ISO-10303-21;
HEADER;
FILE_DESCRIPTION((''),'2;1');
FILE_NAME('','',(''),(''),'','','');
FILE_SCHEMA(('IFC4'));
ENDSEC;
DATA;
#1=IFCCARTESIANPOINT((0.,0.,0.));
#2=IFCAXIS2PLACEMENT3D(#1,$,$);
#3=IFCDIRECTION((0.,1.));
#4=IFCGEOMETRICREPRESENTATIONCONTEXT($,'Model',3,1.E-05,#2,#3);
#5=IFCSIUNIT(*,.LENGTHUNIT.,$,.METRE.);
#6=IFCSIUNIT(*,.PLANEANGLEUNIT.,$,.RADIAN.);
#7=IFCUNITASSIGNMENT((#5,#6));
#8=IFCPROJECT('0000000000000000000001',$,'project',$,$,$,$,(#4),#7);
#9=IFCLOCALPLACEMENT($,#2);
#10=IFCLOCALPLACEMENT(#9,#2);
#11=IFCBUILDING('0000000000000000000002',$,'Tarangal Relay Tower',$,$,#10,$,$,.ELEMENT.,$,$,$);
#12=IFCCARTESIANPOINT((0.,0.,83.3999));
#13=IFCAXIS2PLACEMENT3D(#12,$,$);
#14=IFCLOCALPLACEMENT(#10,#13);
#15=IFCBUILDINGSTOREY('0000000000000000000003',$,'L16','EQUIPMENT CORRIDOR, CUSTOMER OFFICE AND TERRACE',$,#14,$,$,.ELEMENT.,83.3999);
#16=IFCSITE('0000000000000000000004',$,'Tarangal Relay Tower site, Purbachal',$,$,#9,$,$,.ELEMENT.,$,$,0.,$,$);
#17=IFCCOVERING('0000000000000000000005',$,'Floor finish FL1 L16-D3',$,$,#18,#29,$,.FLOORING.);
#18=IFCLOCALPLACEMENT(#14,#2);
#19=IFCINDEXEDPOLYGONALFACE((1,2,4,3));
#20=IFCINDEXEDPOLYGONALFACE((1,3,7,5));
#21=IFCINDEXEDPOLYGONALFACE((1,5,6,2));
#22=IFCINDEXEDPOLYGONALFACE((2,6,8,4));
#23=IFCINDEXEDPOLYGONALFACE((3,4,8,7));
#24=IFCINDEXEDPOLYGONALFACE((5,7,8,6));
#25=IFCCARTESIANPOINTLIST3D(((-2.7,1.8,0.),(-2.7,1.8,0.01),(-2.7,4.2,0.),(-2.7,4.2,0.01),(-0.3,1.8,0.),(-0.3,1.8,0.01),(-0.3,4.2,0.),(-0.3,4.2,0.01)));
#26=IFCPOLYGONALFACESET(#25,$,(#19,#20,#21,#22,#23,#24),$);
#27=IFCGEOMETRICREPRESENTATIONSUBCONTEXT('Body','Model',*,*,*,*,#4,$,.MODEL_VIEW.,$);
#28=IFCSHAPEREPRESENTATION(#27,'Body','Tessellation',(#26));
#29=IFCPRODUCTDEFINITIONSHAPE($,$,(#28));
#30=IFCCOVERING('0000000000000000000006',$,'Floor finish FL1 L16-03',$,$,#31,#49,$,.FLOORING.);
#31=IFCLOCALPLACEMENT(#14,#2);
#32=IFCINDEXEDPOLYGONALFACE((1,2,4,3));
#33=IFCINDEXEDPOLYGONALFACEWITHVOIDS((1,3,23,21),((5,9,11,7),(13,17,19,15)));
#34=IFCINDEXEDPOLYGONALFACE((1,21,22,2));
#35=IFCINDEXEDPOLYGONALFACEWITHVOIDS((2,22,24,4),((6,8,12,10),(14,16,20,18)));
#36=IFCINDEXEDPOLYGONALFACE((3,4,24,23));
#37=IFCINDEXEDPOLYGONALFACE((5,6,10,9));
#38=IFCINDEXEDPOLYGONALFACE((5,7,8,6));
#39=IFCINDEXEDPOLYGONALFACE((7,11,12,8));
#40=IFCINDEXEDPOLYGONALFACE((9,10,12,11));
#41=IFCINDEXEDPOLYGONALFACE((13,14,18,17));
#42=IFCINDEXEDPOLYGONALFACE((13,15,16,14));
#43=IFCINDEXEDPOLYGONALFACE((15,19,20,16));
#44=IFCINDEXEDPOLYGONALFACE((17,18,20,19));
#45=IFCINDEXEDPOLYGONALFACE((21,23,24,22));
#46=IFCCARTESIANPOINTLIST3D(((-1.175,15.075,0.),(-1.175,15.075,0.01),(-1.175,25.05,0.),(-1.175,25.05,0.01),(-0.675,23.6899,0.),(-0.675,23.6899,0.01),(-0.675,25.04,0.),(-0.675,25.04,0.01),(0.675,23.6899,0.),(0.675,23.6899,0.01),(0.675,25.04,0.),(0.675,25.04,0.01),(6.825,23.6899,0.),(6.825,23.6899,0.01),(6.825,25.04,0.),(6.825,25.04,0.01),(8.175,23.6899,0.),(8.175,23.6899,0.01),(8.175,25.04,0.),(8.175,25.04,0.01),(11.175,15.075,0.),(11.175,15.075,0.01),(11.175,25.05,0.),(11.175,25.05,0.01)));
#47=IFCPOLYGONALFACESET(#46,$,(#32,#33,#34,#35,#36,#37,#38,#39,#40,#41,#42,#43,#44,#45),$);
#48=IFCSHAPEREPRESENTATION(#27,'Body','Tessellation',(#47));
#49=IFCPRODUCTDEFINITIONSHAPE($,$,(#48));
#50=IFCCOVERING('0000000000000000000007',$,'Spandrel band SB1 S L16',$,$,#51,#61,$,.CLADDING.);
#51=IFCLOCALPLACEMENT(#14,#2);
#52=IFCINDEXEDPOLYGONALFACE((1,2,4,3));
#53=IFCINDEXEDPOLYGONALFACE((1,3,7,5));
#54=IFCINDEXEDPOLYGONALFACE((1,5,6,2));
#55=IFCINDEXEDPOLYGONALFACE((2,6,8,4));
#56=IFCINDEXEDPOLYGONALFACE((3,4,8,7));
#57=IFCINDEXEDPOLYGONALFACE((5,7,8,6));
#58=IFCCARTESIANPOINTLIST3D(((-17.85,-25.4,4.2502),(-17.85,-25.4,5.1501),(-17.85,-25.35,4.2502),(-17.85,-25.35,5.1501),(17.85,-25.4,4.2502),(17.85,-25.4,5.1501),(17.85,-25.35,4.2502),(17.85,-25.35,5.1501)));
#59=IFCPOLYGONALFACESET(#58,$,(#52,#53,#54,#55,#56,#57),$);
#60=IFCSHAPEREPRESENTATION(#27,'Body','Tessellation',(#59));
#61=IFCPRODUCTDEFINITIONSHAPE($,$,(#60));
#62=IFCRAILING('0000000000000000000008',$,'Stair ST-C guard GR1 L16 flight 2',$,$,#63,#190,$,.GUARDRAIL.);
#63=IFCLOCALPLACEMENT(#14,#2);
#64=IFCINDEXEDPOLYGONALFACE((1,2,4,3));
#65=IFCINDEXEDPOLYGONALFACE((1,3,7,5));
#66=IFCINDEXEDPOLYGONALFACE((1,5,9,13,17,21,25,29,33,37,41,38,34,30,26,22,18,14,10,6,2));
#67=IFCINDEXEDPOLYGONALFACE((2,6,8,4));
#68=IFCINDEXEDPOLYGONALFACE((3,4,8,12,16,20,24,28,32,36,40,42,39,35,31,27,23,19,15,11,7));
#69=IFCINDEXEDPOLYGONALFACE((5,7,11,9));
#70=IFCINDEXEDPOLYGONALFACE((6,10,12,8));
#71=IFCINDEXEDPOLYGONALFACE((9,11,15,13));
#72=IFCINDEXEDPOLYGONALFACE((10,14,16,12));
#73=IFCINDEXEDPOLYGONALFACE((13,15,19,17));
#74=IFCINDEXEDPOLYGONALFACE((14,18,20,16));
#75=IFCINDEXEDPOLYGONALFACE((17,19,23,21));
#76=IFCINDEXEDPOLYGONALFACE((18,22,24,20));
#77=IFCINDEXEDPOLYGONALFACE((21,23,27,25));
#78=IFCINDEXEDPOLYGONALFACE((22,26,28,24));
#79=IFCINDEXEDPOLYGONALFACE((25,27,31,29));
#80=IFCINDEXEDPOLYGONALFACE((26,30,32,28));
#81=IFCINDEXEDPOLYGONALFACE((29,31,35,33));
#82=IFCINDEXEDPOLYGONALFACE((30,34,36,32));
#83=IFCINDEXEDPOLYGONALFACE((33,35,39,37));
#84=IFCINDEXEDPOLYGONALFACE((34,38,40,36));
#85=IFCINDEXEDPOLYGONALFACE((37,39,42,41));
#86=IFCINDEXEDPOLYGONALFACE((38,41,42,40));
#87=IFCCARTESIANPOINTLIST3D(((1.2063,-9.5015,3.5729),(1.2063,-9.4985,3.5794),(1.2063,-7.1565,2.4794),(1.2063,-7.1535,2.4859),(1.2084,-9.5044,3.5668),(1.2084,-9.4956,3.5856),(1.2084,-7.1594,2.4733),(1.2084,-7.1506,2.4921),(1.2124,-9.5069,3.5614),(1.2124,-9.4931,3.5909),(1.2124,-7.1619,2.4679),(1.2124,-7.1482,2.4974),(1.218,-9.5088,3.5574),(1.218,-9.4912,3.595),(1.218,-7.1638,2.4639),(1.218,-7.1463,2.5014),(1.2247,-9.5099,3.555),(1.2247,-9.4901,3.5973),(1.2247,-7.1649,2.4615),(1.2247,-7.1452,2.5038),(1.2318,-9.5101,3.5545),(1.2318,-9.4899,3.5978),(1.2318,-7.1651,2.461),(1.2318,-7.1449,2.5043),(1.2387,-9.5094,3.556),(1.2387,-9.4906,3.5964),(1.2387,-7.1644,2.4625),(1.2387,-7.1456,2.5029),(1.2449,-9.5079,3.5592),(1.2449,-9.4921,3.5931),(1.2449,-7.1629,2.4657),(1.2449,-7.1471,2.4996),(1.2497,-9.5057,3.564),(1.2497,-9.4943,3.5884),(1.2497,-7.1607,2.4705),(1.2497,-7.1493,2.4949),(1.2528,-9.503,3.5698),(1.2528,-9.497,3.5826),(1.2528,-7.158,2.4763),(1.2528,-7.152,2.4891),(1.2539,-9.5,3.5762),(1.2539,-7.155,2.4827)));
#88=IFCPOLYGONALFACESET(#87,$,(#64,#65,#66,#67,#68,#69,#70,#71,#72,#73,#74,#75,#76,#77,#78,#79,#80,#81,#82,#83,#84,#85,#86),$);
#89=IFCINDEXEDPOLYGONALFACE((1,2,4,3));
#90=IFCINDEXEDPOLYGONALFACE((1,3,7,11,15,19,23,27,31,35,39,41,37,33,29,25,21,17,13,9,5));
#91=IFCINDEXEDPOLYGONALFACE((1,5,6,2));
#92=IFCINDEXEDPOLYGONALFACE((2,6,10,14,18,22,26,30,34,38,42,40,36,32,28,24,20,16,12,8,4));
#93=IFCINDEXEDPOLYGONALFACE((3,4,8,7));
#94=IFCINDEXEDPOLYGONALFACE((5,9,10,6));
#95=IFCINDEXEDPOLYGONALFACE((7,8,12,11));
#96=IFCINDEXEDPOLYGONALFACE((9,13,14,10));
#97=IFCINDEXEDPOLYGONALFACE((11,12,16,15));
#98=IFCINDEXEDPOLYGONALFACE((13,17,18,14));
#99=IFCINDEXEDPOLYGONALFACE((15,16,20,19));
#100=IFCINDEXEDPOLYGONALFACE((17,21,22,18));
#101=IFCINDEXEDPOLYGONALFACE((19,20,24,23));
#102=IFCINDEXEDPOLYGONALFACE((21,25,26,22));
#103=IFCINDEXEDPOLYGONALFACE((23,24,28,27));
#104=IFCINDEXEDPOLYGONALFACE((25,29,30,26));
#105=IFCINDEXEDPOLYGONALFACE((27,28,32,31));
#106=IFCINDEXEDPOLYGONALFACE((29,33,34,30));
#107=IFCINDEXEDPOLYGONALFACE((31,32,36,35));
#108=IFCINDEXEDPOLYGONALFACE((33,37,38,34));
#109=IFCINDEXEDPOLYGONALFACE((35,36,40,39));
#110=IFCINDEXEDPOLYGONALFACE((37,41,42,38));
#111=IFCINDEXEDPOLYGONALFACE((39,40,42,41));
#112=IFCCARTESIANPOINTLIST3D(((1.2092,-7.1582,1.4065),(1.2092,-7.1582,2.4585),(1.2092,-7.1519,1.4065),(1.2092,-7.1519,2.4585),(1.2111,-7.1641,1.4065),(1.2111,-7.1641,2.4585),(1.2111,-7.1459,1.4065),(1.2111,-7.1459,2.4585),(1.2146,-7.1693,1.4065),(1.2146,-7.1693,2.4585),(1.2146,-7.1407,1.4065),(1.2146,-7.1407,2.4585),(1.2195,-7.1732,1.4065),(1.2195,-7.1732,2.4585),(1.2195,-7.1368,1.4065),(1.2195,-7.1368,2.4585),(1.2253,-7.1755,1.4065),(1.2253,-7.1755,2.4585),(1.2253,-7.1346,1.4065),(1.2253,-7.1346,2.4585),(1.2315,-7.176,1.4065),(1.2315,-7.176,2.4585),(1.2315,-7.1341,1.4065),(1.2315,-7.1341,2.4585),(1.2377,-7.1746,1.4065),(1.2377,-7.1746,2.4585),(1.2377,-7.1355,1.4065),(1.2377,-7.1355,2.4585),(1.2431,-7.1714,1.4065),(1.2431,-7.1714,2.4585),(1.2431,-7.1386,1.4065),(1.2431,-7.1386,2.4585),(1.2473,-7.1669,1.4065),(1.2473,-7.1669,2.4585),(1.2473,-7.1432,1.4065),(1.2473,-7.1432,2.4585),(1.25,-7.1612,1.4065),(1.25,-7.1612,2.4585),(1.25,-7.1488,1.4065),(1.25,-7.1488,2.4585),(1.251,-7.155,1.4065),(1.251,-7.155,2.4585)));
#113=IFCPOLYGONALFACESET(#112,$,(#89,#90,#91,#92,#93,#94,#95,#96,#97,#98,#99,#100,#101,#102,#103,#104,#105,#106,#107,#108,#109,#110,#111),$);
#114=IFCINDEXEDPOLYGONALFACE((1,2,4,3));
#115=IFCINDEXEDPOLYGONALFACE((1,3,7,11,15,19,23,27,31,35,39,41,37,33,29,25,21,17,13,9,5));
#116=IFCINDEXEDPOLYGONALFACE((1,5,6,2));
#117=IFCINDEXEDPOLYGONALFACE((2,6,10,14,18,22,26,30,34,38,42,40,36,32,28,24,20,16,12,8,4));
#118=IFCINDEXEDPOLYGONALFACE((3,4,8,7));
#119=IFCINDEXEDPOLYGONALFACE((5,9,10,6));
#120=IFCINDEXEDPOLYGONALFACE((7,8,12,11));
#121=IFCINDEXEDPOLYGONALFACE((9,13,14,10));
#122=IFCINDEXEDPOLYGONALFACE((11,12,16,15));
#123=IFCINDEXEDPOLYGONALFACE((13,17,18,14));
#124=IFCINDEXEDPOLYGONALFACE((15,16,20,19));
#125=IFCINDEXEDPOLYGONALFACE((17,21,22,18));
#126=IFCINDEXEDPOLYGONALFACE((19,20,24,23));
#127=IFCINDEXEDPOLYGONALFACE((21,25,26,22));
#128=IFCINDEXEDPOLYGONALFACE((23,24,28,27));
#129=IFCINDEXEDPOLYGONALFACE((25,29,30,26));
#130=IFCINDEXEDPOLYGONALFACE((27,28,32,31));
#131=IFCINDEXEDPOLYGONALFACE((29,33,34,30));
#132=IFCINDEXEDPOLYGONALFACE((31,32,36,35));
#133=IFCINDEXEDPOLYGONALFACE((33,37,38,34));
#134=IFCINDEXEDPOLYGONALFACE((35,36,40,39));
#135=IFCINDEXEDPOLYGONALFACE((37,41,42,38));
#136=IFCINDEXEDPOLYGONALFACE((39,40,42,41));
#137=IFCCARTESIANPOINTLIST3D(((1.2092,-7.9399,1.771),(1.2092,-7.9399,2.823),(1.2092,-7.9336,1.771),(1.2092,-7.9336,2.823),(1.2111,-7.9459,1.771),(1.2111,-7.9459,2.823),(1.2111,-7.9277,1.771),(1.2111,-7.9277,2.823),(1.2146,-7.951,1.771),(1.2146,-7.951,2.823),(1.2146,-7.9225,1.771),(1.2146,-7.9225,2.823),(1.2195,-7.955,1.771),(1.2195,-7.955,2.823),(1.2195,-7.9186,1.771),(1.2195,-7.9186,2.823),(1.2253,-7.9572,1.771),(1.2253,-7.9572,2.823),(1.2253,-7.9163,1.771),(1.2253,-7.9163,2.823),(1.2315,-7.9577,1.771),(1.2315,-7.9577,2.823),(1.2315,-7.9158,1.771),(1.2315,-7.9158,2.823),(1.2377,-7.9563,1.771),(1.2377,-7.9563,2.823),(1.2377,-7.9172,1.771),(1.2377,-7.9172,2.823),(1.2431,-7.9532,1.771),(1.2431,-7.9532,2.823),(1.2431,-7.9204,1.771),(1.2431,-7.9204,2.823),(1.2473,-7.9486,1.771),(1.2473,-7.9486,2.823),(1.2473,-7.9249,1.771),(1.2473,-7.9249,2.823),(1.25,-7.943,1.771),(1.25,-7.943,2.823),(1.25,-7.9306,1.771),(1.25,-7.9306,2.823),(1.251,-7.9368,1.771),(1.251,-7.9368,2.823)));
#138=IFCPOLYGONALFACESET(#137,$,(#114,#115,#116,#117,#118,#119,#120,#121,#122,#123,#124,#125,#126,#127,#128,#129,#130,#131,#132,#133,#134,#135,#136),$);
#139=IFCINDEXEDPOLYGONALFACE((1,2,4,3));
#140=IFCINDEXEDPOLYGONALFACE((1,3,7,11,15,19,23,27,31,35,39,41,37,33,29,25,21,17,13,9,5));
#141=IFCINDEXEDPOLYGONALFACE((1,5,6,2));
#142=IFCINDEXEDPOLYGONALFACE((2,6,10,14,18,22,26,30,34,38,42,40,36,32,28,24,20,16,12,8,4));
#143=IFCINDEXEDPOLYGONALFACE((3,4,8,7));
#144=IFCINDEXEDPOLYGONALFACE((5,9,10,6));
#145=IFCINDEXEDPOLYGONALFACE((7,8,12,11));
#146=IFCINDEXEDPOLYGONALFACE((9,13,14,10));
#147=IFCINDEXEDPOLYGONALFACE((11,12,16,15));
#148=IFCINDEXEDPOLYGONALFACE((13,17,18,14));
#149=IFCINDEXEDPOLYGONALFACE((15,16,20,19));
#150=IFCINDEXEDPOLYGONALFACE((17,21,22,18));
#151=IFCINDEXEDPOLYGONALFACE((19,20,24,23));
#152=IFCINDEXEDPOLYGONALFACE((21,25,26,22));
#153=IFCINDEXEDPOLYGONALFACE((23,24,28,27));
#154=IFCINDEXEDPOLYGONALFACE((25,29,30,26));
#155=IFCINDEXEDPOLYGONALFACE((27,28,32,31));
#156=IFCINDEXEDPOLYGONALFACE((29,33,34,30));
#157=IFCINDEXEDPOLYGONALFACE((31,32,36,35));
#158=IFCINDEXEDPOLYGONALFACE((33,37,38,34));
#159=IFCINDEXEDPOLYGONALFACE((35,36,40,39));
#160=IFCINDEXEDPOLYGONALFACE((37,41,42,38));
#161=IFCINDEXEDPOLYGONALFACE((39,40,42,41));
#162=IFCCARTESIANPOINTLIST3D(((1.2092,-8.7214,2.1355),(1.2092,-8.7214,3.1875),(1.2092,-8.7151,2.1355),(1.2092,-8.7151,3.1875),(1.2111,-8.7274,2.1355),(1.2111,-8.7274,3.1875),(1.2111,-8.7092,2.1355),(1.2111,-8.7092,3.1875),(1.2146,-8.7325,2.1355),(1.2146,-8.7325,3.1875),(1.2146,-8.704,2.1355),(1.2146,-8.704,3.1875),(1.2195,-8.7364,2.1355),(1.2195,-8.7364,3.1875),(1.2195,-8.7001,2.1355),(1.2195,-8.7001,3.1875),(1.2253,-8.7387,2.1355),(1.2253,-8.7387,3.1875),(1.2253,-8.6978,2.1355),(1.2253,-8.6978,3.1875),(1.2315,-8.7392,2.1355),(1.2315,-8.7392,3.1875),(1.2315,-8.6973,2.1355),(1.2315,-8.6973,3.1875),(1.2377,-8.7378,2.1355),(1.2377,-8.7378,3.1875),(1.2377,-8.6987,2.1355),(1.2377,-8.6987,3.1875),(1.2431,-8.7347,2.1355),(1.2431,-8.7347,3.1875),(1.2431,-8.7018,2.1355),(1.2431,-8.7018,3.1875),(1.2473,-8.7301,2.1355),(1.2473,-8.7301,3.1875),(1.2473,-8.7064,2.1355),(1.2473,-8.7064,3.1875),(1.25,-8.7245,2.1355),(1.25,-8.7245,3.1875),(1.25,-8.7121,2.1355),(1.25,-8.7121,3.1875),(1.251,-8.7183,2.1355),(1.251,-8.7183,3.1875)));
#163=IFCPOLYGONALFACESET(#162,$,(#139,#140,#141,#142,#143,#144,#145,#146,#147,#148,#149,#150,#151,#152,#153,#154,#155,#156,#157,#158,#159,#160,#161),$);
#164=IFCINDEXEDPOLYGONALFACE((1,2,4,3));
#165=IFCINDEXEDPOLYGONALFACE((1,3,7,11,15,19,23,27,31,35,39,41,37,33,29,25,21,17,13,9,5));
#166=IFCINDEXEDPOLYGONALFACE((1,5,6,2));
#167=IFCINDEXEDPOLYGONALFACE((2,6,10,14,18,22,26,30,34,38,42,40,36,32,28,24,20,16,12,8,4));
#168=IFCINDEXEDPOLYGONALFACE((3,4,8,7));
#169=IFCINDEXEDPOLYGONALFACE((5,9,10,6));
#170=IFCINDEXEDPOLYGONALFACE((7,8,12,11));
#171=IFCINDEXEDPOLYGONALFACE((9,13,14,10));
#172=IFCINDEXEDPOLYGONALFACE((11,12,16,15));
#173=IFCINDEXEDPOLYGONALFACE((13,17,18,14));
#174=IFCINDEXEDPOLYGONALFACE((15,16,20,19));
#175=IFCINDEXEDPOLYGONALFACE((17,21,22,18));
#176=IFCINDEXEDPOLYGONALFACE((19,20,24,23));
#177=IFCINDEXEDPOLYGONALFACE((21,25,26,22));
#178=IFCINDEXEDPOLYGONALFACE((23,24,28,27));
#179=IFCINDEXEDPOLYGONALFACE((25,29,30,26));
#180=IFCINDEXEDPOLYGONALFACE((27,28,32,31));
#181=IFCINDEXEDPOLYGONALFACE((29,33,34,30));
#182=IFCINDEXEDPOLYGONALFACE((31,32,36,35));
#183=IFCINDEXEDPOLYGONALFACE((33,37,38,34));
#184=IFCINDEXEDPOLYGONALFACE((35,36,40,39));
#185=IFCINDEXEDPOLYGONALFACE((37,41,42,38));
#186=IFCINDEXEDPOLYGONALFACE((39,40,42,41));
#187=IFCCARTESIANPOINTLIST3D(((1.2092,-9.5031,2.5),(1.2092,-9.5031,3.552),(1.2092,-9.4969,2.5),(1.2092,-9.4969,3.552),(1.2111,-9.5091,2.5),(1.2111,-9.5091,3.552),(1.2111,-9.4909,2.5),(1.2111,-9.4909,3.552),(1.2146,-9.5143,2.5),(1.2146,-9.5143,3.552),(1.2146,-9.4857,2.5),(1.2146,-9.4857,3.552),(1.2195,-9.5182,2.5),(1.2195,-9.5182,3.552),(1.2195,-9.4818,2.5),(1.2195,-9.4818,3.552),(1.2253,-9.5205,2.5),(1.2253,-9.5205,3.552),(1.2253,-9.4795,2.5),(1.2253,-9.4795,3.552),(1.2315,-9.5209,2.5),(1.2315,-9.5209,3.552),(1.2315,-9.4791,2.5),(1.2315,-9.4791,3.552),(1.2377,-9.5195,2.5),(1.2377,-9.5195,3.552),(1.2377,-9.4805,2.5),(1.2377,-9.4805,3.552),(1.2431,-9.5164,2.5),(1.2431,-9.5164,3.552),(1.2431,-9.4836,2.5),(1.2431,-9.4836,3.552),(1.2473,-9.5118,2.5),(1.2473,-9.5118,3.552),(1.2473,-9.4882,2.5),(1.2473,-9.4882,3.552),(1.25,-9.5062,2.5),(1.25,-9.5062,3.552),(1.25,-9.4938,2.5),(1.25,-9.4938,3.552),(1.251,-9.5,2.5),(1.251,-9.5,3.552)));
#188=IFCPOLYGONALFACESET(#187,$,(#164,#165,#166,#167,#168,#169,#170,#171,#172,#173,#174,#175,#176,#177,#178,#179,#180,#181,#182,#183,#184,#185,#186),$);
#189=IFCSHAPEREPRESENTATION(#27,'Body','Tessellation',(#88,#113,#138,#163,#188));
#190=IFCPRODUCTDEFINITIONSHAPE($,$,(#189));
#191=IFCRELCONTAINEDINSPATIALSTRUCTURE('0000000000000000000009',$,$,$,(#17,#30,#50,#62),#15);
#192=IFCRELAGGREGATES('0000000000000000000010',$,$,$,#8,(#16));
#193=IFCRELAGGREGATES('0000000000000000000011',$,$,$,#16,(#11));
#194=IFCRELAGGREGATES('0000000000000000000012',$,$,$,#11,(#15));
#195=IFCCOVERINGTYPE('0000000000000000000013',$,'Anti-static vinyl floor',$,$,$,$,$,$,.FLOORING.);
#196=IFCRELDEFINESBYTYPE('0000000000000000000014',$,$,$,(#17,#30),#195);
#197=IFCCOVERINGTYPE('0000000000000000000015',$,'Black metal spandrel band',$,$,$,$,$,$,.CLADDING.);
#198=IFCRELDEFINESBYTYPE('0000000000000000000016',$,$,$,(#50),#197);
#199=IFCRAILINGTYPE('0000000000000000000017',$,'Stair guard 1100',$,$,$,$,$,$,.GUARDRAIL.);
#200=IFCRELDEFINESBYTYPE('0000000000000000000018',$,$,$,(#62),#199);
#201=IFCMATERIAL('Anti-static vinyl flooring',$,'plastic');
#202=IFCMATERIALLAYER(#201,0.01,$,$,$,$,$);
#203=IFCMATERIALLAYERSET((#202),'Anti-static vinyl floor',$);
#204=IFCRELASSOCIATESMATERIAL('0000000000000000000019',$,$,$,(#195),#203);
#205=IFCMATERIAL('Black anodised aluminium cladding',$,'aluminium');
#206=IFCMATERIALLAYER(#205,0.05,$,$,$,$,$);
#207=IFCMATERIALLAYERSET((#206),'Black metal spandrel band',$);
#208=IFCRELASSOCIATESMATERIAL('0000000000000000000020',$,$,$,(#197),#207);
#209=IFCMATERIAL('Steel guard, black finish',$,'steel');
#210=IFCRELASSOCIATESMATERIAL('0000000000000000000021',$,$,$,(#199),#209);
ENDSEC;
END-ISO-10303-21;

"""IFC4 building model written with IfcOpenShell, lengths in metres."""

from ifc_helpers import new_model, si_unit, direction, frame, origin, origin_2d, place, context, subcontext, project, spatial, polyline, rectangle, circle, outline, extrude, material, layer, layer_set, type_object, element, save


model = new_model("IFC4")

# Units and contexts
model_context = context("Model", 3, precision=1e-05, world=origin(), true_north=direction((0.0, 1.0)))
body_context = subcontext(model_context, "Body", "Model", "MODEL_VIEW")
ifc_project = project(units=[si_unit("LENGTHUNIT", "METRE"), si_unit("PLANEANGLEUNIT", "RADIAN")], contexts=[model_context])

# Site, building, storey
site_placement = place(None, origin())
site = spatial("IfcSite", under=ifc_project, at=site_placement, Name="Tarangal Relay Tower site, Purbachal", CompositionType="ELEMENT", RefElevation=0.0)
building_placement = place(site_placement, origin())
building = spatial("IfcBuilding", under=site, at=building_placement, Name="Tarangal Relay Tower", CompositionType="ELEMENT")
storey_placement = place(building_placement, frame((0.0, 0.0, 83.3999)))
storey = spatial("IfcBuildingStorey", under=building, at=storey_placement, Name="L16", Description="EQUIPMENT CORRIDOR, CUSTOMER OFFICE AND TERRACE", CompositionType="ELEMENT", Elevation=83.3999)

# Coverings
ifc_material_1 = material(Name="Anti-static vinyl flooring", Category="plastic")
ifc_layer_1 = layer(ifc_material_1, 0.01)
ifc_layer_set_1 = layer_set([ifc_layer_1], Name="Anti-static vinyl floor")
covering_type_1 = type_object("IfcCoveringType", Name="Anti-static vinyl floor", PredefinedType="FLOORING", material=ifc_layer_set_1)
covering_1_placement = place(storey_placement, origin())
element("IfcCovering", 1, at=covering_1_placement, inside=storey, type_object=covering_type_1, Name="Floor finish FL1 L16-D3", PredefinedType="FLOORING", context=body_context, shape_type="SweptSolid", body=[
    extrude(outline(polyline([(-2.7, 1.8), (-0.3, 1.8), (-0.3, 4.2), (-2.7, 4.2), (-2.7, 1.8)])), origin(), (0.0, 0.0, 1.0), 0.01),
])
covering_2_placement = place(storey_placement, origin())
element("IfcCovering", 2, at=covering_2_placement, inside=storey, type_object=covering_type_1, Name="Floor finish FL1 L16-03", PredefinedType="FLOORING", context=body_context, shape_type="SweptSolid", body=[
    extrude(outline(polyline([(11.175, 25.05), (-1.175, 25.05), (-1.175, 15.075), (11.175, 15.075), (11.175, 25.05)]), holes=[polyline([(0.675, 23.6899), (0.675, 25.04), (-0.675, 25.04), (-0.675, 23.6899), (0.675, 23.6899)]), polyline([(8.175, 23.6899), (8.175, 25.04), (6.825, 25.04), (6.825, 23.6899), (8.175, 23.6899)])]), origin(), (0.0, 0.0, 1.0), 0.01),
])
ifc_material_2 = material(Name="Black anodised aluminium cladding", Category="aluminium")
ifc_layer_2 = layer(ifc_material_2, 0.05)
ifc_layer_set_2 = layer_set([ifc_layer_2], Name="Black metal spandrel band")
covering_type_2 = type_object("IfcCoveringType", Name="Black metal spandrel band", PredefinedType="CLADDING", material=ifc_layer_set_2)
covering_3_placement = place(storey_placement, frame((0.0, -25.375, 4.2502), z_axis=(0.0, 0.0, 1.0), x_axis=(-1.0, 0.0, 0.0)))
element("IfcCovering", 3, at=covering_3_placement, inside=storey, type_object=covering_type_2, Name="Spandrel band SB1 S L16", PredefinedType="CLADDING", context=body_context, shape_type="SweptSolid", body=[
    extrude(rectangle(XDim=35.7, YDim=0.05, at=origin_2d()), origin(), (0.0, 0.0, 1.0), 0.8999),
])

# Railing
ifc_material_3 = material(Name="Steel guard, black finish", Category="steel")
railing_type_1 = type_object("IfcRailingType", Name="Stair guard 1100", PredefinedType="GUARDRAIL", material=ifc_material_3)
for number, where, name in (
    (4, (1.23, -7.155, 1.4065), "Stair ST-C guard GR1 L16 flight 2"),
):
    element("IfcRailing", number, at=place(storey_placement, frame(where)), inside=storey, type_object=railing_type_1, Name=name, PredefinedType="GUARDRAIL", context=body_context, shape_type="SweptSolid", body=[
        extrude(circle(Radius=0.0239, at=origin_2d()), frame((0.0, 0.0, 1.0762), z_axis=(0.0, -0.906304, 0.422627), x_axis=(1.0, 0.0, 0.0)), (0.0, 0.0, 1.0), 2.5874),
        extrude(circle(Radius=0.021, at=origin_2d()), origin(), (0.0, 0.0, 1.0), 1.052),
        extrude(circle(Radius=0.021, at=origin_2d()), frame((0.0, -0.7817, 0.3645)), (0.0, 0.0, 1.0), 1.052),
        extrude(circle(Radius=0.021, at=origin_2d()), frame((0.0, -1.5632, 0.729)), (0.0, 0.0, 1.0), 1.052),
        extrude(circle(Radius=0.021, at=origin_2d()), frame((0.0, -2.345, 1.0935)), (0.0, 0.0, 1.0), 1.052),
    ])

save(model, "model.ifc")
